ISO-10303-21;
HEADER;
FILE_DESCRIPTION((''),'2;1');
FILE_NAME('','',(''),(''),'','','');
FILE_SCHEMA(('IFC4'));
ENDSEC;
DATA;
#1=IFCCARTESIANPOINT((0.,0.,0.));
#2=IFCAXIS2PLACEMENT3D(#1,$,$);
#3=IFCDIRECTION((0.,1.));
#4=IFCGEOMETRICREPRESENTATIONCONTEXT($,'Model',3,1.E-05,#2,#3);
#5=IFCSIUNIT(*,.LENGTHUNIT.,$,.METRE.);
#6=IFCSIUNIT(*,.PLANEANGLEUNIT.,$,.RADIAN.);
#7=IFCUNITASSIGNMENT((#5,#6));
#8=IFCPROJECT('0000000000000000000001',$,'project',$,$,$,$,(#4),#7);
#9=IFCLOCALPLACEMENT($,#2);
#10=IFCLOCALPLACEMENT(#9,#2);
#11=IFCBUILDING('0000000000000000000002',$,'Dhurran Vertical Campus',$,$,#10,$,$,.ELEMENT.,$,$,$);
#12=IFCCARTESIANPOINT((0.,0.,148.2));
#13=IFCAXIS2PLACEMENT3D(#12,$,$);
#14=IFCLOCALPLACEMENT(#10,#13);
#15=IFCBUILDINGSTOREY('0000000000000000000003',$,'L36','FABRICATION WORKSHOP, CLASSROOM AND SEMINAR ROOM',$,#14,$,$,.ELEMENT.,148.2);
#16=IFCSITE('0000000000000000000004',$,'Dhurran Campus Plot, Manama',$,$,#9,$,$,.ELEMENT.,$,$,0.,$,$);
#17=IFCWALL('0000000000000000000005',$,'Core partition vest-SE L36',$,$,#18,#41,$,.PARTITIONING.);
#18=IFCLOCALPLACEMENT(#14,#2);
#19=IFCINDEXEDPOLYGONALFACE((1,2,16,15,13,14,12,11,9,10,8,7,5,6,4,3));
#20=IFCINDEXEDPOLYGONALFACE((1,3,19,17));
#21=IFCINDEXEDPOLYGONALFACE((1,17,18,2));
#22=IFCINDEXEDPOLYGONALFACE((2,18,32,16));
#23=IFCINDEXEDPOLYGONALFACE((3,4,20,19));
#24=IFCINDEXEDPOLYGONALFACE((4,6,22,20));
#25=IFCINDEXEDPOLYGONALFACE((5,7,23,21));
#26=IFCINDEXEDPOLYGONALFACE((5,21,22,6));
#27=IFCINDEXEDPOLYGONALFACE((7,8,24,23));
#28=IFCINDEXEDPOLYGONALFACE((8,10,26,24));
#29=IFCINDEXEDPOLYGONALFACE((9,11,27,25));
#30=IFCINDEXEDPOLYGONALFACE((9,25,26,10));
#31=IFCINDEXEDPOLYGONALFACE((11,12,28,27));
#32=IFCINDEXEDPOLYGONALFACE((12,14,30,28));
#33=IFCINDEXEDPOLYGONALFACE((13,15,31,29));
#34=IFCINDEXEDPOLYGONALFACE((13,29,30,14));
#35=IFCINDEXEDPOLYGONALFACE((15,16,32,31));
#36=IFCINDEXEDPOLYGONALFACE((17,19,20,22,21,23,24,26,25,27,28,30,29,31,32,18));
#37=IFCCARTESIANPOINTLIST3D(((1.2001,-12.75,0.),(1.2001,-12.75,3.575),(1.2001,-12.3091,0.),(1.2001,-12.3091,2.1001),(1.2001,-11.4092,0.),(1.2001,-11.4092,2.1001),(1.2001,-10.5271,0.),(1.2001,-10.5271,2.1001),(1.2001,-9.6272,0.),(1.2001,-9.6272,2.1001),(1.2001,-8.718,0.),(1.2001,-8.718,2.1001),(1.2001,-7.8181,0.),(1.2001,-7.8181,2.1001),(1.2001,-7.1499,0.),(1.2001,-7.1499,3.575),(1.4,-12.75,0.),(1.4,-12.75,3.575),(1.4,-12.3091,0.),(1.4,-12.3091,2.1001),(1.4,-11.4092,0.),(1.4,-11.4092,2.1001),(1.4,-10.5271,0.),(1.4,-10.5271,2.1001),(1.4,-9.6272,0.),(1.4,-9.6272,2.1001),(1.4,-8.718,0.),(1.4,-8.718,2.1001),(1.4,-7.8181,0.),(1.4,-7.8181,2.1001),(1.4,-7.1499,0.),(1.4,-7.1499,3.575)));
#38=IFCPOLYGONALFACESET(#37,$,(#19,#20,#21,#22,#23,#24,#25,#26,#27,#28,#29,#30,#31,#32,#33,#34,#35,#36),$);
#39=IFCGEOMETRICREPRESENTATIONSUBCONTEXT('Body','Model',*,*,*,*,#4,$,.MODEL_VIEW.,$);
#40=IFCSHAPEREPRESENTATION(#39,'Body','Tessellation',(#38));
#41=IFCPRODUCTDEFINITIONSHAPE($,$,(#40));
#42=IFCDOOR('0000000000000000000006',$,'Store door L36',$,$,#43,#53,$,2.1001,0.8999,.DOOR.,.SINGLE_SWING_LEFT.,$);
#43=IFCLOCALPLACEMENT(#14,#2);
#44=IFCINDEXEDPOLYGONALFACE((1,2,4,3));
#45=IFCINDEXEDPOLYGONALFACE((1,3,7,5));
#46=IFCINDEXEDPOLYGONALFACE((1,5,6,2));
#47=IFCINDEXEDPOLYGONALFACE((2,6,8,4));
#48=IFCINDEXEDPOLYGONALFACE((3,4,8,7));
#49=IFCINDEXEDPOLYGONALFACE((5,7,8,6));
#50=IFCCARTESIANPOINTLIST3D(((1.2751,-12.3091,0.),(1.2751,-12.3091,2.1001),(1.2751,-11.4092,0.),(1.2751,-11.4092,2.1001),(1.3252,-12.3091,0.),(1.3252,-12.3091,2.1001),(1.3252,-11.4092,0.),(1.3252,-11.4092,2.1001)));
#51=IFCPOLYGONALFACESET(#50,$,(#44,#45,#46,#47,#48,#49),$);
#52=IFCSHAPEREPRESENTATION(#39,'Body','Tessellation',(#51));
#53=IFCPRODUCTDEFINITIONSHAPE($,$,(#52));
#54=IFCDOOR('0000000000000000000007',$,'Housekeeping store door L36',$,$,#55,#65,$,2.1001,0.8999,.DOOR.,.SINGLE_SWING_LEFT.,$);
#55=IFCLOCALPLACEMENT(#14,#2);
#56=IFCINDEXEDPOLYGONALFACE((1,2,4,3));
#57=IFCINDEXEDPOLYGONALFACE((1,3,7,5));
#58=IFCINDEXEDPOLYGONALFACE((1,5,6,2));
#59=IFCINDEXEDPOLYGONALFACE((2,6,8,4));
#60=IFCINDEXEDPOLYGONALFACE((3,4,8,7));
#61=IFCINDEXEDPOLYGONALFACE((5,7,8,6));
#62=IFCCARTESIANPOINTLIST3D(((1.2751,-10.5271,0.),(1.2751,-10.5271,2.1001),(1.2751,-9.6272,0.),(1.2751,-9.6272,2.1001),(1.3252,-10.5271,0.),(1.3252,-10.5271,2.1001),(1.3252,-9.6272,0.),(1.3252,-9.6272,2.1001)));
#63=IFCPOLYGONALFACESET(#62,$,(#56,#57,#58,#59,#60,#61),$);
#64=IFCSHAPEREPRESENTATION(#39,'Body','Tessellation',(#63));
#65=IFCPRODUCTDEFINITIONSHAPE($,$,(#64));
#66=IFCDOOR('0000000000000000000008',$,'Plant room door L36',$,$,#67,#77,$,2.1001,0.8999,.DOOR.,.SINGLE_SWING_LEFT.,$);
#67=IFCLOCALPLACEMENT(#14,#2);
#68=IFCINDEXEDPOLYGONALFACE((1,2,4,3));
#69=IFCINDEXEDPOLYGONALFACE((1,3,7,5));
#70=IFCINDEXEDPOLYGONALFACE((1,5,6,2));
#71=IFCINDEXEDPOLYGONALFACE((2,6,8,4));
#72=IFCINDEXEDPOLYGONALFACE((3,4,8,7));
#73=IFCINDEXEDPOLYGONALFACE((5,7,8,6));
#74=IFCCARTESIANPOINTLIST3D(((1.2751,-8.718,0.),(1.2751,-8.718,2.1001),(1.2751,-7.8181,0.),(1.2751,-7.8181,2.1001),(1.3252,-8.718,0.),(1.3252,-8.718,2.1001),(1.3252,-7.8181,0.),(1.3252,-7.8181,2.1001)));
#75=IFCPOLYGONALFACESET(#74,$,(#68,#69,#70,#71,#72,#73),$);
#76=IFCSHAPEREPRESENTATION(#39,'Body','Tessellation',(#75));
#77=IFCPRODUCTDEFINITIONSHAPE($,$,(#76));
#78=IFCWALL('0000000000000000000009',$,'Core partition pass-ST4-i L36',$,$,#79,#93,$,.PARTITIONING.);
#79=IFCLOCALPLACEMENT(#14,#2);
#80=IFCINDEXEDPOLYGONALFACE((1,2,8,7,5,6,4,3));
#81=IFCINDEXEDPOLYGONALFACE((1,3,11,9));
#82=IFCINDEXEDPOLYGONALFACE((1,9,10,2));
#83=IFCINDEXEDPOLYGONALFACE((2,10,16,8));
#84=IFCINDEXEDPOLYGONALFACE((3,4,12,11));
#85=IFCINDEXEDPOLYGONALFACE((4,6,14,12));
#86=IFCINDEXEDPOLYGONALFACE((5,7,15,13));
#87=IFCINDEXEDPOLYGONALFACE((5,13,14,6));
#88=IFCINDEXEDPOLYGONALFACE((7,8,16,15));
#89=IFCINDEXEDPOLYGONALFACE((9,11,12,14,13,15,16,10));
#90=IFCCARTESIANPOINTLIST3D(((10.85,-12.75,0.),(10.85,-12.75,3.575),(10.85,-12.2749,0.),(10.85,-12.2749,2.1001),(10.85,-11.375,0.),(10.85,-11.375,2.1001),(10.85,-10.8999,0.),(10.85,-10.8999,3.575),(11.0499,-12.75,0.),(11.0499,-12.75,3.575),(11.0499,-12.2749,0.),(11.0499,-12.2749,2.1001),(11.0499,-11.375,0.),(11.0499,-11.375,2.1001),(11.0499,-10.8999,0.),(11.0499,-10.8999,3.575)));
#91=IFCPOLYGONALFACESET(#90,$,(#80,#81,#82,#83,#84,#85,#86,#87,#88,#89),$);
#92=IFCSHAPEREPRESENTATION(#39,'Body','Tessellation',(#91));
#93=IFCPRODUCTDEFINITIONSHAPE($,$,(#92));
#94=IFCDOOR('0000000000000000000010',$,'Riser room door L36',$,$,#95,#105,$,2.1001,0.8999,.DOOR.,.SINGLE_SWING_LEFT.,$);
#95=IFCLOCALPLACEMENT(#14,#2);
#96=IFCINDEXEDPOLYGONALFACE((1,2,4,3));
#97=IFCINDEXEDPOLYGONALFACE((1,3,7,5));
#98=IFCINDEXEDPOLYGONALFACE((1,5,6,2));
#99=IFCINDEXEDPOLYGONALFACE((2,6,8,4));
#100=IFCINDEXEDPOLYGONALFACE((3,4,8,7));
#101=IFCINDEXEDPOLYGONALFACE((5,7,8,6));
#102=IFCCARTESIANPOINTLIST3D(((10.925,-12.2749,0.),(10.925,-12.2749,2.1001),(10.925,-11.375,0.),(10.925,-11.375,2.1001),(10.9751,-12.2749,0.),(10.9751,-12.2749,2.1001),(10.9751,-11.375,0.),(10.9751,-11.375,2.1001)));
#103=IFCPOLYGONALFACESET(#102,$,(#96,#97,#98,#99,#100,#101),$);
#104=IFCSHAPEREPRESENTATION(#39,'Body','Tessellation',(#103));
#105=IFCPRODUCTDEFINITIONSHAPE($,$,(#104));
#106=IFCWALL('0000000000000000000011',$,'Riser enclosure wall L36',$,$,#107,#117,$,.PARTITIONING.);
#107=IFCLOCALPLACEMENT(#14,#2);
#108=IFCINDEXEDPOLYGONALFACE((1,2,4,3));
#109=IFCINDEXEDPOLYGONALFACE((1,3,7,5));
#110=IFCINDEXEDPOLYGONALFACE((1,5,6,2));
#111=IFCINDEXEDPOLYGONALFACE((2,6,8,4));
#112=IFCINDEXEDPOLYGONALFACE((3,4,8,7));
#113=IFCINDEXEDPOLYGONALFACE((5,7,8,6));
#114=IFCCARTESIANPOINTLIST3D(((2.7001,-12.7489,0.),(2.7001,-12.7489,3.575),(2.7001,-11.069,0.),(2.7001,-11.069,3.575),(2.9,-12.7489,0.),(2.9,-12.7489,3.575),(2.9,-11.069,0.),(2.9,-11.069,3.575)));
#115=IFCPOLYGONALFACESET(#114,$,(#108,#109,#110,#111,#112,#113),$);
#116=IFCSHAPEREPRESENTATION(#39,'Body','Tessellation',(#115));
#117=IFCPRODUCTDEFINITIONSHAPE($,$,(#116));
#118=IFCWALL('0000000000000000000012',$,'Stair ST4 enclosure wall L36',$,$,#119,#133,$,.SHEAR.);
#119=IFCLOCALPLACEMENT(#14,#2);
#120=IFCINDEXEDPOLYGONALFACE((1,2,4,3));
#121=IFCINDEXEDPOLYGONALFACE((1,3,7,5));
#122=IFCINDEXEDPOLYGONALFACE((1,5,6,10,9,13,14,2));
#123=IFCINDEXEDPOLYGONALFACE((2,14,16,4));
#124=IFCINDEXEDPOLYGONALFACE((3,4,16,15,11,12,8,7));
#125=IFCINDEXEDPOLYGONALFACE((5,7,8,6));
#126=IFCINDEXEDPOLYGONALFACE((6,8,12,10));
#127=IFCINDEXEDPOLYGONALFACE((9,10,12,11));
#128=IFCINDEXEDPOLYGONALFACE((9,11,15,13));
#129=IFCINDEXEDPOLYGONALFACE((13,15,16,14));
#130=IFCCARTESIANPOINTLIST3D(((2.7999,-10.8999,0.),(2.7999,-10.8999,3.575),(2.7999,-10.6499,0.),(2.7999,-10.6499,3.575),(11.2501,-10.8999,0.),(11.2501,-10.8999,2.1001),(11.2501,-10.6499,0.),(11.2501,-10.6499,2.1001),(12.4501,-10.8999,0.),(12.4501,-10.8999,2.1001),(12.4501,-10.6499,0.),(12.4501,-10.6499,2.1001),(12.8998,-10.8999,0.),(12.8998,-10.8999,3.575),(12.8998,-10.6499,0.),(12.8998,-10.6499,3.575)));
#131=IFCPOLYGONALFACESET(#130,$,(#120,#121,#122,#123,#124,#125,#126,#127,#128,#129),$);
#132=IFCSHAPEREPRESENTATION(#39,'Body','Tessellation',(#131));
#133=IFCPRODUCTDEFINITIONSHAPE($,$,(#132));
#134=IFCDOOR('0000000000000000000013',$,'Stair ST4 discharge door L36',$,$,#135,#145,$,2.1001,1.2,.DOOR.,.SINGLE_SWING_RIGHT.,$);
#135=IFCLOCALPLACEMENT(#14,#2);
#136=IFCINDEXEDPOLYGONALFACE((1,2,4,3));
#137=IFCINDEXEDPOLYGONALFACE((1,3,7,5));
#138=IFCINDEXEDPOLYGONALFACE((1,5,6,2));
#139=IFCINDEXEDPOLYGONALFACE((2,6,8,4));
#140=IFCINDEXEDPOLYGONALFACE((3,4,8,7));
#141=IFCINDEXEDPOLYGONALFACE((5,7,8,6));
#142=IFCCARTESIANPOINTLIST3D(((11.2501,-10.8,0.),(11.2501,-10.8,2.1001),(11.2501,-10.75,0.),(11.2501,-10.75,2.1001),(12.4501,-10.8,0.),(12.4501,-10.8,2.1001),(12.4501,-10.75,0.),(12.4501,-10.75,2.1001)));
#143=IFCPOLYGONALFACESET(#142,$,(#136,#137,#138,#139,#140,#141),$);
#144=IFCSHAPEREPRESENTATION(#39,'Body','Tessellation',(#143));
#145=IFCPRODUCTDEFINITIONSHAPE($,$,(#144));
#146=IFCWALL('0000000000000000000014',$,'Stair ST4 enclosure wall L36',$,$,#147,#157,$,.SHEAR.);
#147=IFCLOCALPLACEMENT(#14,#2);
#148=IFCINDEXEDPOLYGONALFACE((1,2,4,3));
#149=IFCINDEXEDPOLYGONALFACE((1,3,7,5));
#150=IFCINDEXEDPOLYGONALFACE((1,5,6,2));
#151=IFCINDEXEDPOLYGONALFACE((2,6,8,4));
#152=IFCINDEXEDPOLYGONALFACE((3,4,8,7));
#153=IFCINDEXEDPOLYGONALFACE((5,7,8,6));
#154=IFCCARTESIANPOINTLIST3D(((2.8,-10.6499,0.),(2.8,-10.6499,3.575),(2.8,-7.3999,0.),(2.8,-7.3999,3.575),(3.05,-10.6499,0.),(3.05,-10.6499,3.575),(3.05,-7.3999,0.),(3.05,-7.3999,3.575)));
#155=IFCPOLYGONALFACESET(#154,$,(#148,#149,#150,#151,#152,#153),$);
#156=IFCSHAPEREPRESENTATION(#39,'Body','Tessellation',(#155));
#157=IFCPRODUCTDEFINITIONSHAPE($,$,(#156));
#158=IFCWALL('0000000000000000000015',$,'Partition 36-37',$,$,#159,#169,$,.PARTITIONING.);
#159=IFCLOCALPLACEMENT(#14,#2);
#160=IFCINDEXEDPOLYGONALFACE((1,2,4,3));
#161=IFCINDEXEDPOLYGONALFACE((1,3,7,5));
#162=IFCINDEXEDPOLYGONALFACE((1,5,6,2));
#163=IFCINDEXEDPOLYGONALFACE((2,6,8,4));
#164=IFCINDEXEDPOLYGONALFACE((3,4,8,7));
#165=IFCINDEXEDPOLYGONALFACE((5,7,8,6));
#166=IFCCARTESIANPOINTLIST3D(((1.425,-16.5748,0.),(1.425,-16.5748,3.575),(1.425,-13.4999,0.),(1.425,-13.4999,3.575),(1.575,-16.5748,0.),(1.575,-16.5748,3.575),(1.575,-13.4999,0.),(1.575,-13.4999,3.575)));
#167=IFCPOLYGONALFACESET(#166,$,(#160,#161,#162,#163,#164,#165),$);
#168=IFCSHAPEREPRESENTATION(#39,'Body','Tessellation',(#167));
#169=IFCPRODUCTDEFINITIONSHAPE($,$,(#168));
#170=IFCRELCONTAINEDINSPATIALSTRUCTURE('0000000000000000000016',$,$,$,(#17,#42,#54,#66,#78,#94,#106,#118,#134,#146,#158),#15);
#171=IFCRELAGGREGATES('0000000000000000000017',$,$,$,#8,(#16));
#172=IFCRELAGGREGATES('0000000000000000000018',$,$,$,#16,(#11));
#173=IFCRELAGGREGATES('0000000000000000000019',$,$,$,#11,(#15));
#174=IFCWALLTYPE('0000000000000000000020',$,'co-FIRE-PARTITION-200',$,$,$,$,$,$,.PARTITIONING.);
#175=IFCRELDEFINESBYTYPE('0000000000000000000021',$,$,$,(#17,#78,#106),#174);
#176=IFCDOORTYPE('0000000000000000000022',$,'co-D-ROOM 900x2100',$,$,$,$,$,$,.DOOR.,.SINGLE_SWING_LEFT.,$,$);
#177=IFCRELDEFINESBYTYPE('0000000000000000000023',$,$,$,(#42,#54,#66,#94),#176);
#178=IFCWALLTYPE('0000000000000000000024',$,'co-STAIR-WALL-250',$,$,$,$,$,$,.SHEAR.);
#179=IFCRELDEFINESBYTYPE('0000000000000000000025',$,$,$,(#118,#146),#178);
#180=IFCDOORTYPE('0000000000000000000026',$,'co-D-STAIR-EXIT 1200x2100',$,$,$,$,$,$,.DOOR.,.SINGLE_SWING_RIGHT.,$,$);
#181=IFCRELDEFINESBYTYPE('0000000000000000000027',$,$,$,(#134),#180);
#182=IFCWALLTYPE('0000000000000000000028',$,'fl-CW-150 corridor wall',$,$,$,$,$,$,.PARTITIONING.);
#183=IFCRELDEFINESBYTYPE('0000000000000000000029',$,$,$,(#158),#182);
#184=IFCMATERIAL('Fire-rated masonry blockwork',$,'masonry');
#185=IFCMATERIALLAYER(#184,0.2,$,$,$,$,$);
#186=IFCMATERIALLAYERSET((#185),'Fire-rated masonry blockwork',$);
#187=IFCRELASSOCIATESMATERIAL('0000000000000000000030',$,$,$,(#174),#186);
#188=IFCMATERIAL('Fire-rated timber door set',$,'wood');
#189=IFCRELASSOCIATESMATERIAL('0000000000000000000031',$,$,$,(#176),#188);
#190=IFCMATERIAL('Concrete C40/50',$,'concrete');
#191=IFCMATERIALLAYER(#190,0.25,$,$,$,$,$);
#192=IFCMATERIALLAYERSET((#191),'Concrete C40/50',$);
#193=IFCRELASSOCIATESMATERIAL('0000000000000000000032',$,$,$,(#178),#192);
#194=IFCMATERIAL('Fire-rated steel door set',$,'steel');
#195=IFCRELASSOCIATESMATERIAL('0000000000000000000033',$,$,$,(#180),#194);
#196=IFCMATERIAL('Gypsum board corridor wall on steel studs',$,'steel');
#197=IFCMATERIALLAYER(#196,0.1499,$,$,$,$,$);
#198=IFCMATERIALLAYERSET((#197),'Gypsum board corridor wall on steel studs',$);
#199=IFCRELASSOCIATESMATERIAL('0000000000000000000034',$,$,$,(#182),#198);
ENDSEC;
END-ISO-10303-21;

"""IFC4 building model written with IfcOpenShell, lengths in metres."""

from ifc_helpers import new_model, si_unit, direction, frame, frame_2d, origin, place, context, subcontext, project, spatial, rectangle, extrude, material, layer, layer_set, type_object, element, fill, save


model = new_model("IFC4")

# Units and contexts
model_context = context("Model", 3, precision=1e-05, world=origin(), true_north=direction((0.0, 1.0)))
body_context = subcontext(model_context, "Body", "Model", "MODEL_VIEW")
ifc_project = project(units=[si_unit("LENGTHUNIT", "METRE"), si_unit("PLANEANGLEUNIT", "RADIAN")], contexts=[model_context])

# Site, building, storey
site_placement = place(None, origin())
site = spatial("IfcSite", under=ifc_project, at=site_placement, Name="Dhurran Campus Plot, Manama", CompositionType="ELEMENT", RefElevation=0.0)
building_placement = place(site_placement, origin())
building = spatial("IfcBuilding", under=site, at=building_placement, Name="Dhurran Vertical Campus", CompositionType="ELEMENT")
storey_placement = place(building_placement, frame((0.0, 0.0, 148.2)))
storey = spatial("IfcBuildingStorey", under=building, at=storey_placement, Name="L36", Description="FABRICATION WORKSHOP, CLASSROOM AND SEMINAR ROOM", CompositionType="ELEMENT", Elevation=148.2)

# Shared definitions
ifc_material_1 = material(Name="Fire-rated masonry blockwork", Category="masonry")
ifc_layer_1 = layer(ifc_material_1, 0.2)
ifc_layer_set_1 = layer_set([ifc_layer_1], Name="Fire-rated masonry blockwork")
wall_type_1 = type_object("IfcWallType", Name="co-FIRE-PARTITION-200", PredefinedType="PARTITIONING", material=ifc_layer_set_1)

# Wall, openings, doors
wall_1_placement = place(storey_placement, frame((1.3, -12.75, 0.0), z_axis=(0.0, 0.0, 1.0), x_axis=(0.0, 1.0, 0.0)))
wall_1 = element("IfcWall", 1, at=wall_1_placement, inside=storey, type_object=wall_type_1, Name="Core partition vest-SE L36", PredefinedType="PARTITIONING", context=body_context, shape_type="SweptSolid", body=[
    extrude(rectangle(XDim=5.6001, YDim=0.2, at=frame_2d((2.8, 0.0))), origin(), (0.0, 0.0, 1.0), 3.575),
])
opening_1_placement = place(wall_1_placement, frame((0.4409, 0.0, 0.0)))
opening_1 = element("IfcOpeningElement", 2, at=opening_1_placement, cuts=wall_1, PredefinedType="OPENING", context=body_context, shape_type="SweptSolid", body=[
    extrude(rectangle(XDim=0.8999, YDim=2.1001, at=frame_2d((0.45, 1.05))), frame((0.0, 0.1099, 0.0), z_axis=(0.0, -1.0, 0.0), x_axis=(1.0, 0.0, 0.0)), (0.0, 0.0, 1.0), 0.22),
])
opening_2_placement = place(wall_1_placement, frame((2.2229, 0.0, 0.0)))
opening_2 = element("IfcOpeningElement", 3, at=opening_2_placement, cuts=wall_1, PredefinedType="OPENING", context=body_context, shape_type="SweptSolid", body=[
    extrude(rectangle(XDim=0.8999, YDim=2.1001, at=frame_2d((0.45, 1.05))), frame((0.0, 0.1099, 0.0), z_axis=(0.0, -1.0, 0.0), x_axis=(1.0, 0.0, 0.0)), (0.0, 0.0, 1.0), 0.22),
])
opening_3_placement = place(wall_1_placement, frame((4.032, 0.0, 0.0)))
opening_3 = element("IfcOpeningElement", 4, at=opening_3_placement, cuts=wall_1, PredefinedType="OPENING", context=body_context, shape_type="SweptSolid", body=[
    extrude(rectangle(XDim=0.8999, YDim=2.1001, at=frame_2d((0.45, 1.05))), frame((0.0, 0.1099, 0.0), z_axis=(0.0, -1.0, 0.0), x_axis=(1.0, 0.0, 0.0)), (0.0, 0.0, 1.0), 0.22),
])
ifc_material_2 = material(Name="Fire-rated timber door set", Category="wood")
door_type_1 = type_object("IfcDoorType", Name="co-D-ROOM 900x2100", OperationType="SINGLE_SWING_LEFT", PredefinedType="DOOR", material=ifc_material_2)
door_1_placement = place(opening_1_placement, origin())
door_1 = element("IfcDoor", 5, at=door_1_placement, inside=storey, type_object=door_type_1, Name="Store door L36", OperationType="SINGLE_SWING_LEFT", OverallHeight=2.1001, OverallWidth=0.8999, PredefinedType="DOOR", context=body_context, shape_type="SweptSolid", body=[
    extrude(rectangle(XDim=0.8999, YDim=2.1001, at=frame_2d((0.45, 1.05))), frame((0.0, 0.0249, 0.0), z_axis=(0.0, -1.0, 0.0), x_axis=(1.0, 0.0, 0.0)), (0.0, 0.0, 1.0), 0.05),
])
fill(opening_1, door_1)
door_2_placement = place(opening_2_placement, origin())
door_2 = element("IfcDoor", 6, at=door_2_placement, inside=storey, type_object=door_type_1, Name="Housekeeping store door L36", OperationType="SINGLE_SWING_LEFT", OverallHeight=2.1001, OverallWidth=0.8999, PredefinedType="DOOR", context=body_context, shape_type="SweptSolid", body=[
    extrude(rectangle(XDim=0.8999, YDim=2.1001, at=frame_2d((0.45, 1.05))), frame((0.0, 0.0249, 0.0), z_axis=(0.0, -1.0, 0.0), x_axis=(1.0, 0.0, 0.0)), (0.0, 0.0, 1.0), 0.05),
])
fill(opening_2, door_2)
door_3_placement = place(opening_3_placement, origin())
door_3 = element("IfcDoor", 7, at=door_3_placement, inside=storey, type_object=door_type_1, Name="Plant room door L36", OperationType="SINGLE_SWING_LEFT", OverallHeight=2.1001, OverallWidth=0.8999, PredefinedType="DOOR", context=body_context, shape_type="SweptSolid", body=[
    extrude(rectangle(XDim=0.8999, YDim=2.1001, at=frame_2d((0.45, 1.05))), frame((0.0, 0.0249, 0.0), z_axis=(0.0, -1.0, 0.0), x_axis=(1.0, 0.0, 0.0)), (0.0, 0.0, 1.0), 0.05),
])
fill(opening_3, door_3)

# Wall, opening, door
wall_2_placement = place(storey_placement, frame((10.95, -12.75, 0.0), z_axis=(0.0, 0.0, 1.0), x_axis=(0.0, 1.0, 0.0)))
wall_2 = element("IfcWall", 8, at=wall_2_placement, inside=storey, type_object=wall_type_1, Name="Core partition pass-ST4-i L36", PredefinedType="PARTITIONING", context=body_context, shape_type="SweptSolid", body=[
    extrude(rectangle(XDim=1.8501, YDim=0.2, at=frame_2d((0.925, 0.0))), origin(), (0.0, 0.0, 1.0), 3.575),
])
opening_4_placement = place(wall_2_placement, frame((0.4751, 0.0, 0.0)))
opening_4 = element("IfcOpeningElement", 9, at=opening_4_placement, cuts=wall_2, PredefinedType="OPENING", context=body_context, shape_type="SweptSolid", body=[
    extrude(rectangle(XDim=0.8999, YDim=2.1001, at=frame_2d((0.45, 1.05))), frame((0.0, 0.1099, 0.0), z_axis=(0.0, -1.0, 0.0), x_axis=(1.0, 0.0, 0.0)), (0.0, 0.0, 1.0), 0.22),
])
door_4_placement = place(opening_4_placement, origin())
door_4 = element("IfcDoor", 10, at=door_4_placement, inside=storey, type_object=door_type_1, Name="Riser room door L36", OperationType="SINGLE_SWING_LEFT", OverallHeight=2.1001, OverallWidth=0.8999, PredefinedType="DOOR", context=body_context, shape_type="SweptSolid", body=[
    extrude(rectangle(XDim=0.8999, YDim=2.1001, at=frame_2d((0.45, 1.05))), frame((0.0, 0.0249, 0.0), z_axis=(0.0, -1.0, 0.0), x_axis=(1.0, 0.0, 0.0)), (0.0, 0.0, 1.0), 0.05),
])
fill(opening_4, door_4)

# Wall
wall_3_placement = place(storey_placement, frame((2.8, -11.0691, 0.0), z_axis=(0.0, 0.0, 1.0), x_axis=(0.0, -1.0, 0.0)))
element("IfcWall", 11, at=wall_3_placement, inside=storey, type_object=wall_type_1, Name="Riser enclosure wall L36", PredefinedType="PARTITIONING", context=body_context, shape_type="SweptSolid", body=[
    extrude(rectangle(XDim=1.6799, YDim=0.2, at=frame_2d((0.8398, 0.0))), origin(), (0.0, 0.0, 1.0), 3.575),
])

# Wall, opening, door
ifc_material_3 = material(Name="Concrete C40/50", Category="concrete")
ifc_layer_2 = layer(ifc_material_3, 0.25)
ifc_layer_set_2 = layer_set([ifc_layer_2], Name="Concrete C40/50")
wall_type_2 = type_object("IfcWallType", Name="co-STAIR-WALL-250", PredefinedType="SHEAR", material=ifc_layer_set_2)
wall_4_placement = place(storey_placement, frame((2.8, -10.7749, 0.0), z_axis=(0.0, 0.0, 1.0), x_axis=(1.0, 0.0, 0.0)))
wall_4 = element("IfcWall", 12, at=wall_4_placement, inside=storey, type_object=wall_type_2, Name="Stair ST4 enclosure wall L36", PredefinedType="SHEAR", context=body_context, shape_type="SweptSolid", body=[
    extrude(rectangle(XDim=10.0999, YDim=0.25, at=frame_2d((5.0498, 0.0))), origin(), (0.0, 0.0, 1.0), 3.575),
])
opening_5_placement = place(wall_4_placement, frame((8.45, 0.0, 0.0)))
opening_5 = element("IfcOpeningElement", 13, at=opening_5_placement, cuts=wall_4, PredefinedType="OPENING", context=body_context, shape_type="SweptSolid", body=[
    extrude(rectangle(XDim=1.2, YDim=2.1001, at=frame_2d((0.6001, 1.05))), frame((0.0, 0.135, 0.0), z_axis=(0.0, -1.0, 0.0), x_axis=(1.0, 0.0, 0.0)), (0.0, 0.0, 1.0), 0.27),
])
ifc_material_4 = material(Name="Fire-rated steel door set", Category="steel")
door_type_2 = type_object("IfcDoorType", Name="co-D-STAIR-EXIT 1200x2100", OperationType="SINGLE_SWING_RIGHT", PredefinedType="DOOR", material=ifc_material_4)
door_5_placement = place(opening_5_placement, origin())
door_5 = element("IfcDoor", 14, at=door_5_placement, inside=storey, type_object=door_type_2, Name="Stair ST4 discharge door L36", OperationType="SINGLE_SWING_RIGHT", OverallHeight=2.1001, OverallWidth=1.2, PredefinedType="DOOR", context=body_context, shape_type="SweptSolid", body=[
    extrude(rectangle(XDim=1.2, YDim=2.1001, at=frame_2d((0.6001, 1.05))), frame((0.0, 0.0249, 0.0), z_axis=(0.0, -1.0, 0.0), x_axis=(1.0, 0.0, 0.0)), (0.0, 0.0, 1.0), 0.05),
])
fill(opening_5, door_5)

# Walls
wall_5_placement = place(storey_placement, frame((2.925, -10.6499, 0.0), z_axis=(0.0, 0.0, 1.0), x_axis=(0.0, 1.0, 0.0)))
element("IfcWall", 15, at=wall_5_placement, inside=storey, type_object=wall_type_2, Name="Stair ST4 enclosure wall L36", PredefinedType="SHEAR", context=body_context, shape_type="SweptSolid", body=[
    extrude(rectangle(XDim=3.25, YDim=0.25, at=frame_2d((1.625, 0.0))), origin(), (0.0, 0.0, 1.0), 3.575),
])
ifc_material_5 = material(Name="Gypsum board corridor wall on steel studs", Category="steel")
ifc_layer_3 = layer(ifc_material_5, 0.1499)
ifc_layer_set_3 = layer_set([ifc_layer_3], Name="Gypsum board corridor wall on steel studs")
wall_type_3 = type_object("IfcWallType", Name="fl-CW-150 corridor wall", PredefinedType="PARTITIONING", material=ifc_layer_set_3)
wall_6_placement = place(storey_placement, frame((1.5, -16.575, 0.0), z_axis=(0.0, 0.0, 1.0), x_axis=(0.0, 1.0, 0.0)))
element("IfcWall", 16, at=wall_6_placement, inside=storey, type_object=wall_type_3, Name="Partition 36-37", PredefinedType="PARTITIONING", context=body_context, shape_type="SweptSolid", body=[
    extrude(rectangle(XDim=3.075, YDim=0.1499, at=frame_2d((1.5376, 0.0))), origin(), (0.0, 0.0, 1.0), 3.575),
])

save(model, "model.ifc")
